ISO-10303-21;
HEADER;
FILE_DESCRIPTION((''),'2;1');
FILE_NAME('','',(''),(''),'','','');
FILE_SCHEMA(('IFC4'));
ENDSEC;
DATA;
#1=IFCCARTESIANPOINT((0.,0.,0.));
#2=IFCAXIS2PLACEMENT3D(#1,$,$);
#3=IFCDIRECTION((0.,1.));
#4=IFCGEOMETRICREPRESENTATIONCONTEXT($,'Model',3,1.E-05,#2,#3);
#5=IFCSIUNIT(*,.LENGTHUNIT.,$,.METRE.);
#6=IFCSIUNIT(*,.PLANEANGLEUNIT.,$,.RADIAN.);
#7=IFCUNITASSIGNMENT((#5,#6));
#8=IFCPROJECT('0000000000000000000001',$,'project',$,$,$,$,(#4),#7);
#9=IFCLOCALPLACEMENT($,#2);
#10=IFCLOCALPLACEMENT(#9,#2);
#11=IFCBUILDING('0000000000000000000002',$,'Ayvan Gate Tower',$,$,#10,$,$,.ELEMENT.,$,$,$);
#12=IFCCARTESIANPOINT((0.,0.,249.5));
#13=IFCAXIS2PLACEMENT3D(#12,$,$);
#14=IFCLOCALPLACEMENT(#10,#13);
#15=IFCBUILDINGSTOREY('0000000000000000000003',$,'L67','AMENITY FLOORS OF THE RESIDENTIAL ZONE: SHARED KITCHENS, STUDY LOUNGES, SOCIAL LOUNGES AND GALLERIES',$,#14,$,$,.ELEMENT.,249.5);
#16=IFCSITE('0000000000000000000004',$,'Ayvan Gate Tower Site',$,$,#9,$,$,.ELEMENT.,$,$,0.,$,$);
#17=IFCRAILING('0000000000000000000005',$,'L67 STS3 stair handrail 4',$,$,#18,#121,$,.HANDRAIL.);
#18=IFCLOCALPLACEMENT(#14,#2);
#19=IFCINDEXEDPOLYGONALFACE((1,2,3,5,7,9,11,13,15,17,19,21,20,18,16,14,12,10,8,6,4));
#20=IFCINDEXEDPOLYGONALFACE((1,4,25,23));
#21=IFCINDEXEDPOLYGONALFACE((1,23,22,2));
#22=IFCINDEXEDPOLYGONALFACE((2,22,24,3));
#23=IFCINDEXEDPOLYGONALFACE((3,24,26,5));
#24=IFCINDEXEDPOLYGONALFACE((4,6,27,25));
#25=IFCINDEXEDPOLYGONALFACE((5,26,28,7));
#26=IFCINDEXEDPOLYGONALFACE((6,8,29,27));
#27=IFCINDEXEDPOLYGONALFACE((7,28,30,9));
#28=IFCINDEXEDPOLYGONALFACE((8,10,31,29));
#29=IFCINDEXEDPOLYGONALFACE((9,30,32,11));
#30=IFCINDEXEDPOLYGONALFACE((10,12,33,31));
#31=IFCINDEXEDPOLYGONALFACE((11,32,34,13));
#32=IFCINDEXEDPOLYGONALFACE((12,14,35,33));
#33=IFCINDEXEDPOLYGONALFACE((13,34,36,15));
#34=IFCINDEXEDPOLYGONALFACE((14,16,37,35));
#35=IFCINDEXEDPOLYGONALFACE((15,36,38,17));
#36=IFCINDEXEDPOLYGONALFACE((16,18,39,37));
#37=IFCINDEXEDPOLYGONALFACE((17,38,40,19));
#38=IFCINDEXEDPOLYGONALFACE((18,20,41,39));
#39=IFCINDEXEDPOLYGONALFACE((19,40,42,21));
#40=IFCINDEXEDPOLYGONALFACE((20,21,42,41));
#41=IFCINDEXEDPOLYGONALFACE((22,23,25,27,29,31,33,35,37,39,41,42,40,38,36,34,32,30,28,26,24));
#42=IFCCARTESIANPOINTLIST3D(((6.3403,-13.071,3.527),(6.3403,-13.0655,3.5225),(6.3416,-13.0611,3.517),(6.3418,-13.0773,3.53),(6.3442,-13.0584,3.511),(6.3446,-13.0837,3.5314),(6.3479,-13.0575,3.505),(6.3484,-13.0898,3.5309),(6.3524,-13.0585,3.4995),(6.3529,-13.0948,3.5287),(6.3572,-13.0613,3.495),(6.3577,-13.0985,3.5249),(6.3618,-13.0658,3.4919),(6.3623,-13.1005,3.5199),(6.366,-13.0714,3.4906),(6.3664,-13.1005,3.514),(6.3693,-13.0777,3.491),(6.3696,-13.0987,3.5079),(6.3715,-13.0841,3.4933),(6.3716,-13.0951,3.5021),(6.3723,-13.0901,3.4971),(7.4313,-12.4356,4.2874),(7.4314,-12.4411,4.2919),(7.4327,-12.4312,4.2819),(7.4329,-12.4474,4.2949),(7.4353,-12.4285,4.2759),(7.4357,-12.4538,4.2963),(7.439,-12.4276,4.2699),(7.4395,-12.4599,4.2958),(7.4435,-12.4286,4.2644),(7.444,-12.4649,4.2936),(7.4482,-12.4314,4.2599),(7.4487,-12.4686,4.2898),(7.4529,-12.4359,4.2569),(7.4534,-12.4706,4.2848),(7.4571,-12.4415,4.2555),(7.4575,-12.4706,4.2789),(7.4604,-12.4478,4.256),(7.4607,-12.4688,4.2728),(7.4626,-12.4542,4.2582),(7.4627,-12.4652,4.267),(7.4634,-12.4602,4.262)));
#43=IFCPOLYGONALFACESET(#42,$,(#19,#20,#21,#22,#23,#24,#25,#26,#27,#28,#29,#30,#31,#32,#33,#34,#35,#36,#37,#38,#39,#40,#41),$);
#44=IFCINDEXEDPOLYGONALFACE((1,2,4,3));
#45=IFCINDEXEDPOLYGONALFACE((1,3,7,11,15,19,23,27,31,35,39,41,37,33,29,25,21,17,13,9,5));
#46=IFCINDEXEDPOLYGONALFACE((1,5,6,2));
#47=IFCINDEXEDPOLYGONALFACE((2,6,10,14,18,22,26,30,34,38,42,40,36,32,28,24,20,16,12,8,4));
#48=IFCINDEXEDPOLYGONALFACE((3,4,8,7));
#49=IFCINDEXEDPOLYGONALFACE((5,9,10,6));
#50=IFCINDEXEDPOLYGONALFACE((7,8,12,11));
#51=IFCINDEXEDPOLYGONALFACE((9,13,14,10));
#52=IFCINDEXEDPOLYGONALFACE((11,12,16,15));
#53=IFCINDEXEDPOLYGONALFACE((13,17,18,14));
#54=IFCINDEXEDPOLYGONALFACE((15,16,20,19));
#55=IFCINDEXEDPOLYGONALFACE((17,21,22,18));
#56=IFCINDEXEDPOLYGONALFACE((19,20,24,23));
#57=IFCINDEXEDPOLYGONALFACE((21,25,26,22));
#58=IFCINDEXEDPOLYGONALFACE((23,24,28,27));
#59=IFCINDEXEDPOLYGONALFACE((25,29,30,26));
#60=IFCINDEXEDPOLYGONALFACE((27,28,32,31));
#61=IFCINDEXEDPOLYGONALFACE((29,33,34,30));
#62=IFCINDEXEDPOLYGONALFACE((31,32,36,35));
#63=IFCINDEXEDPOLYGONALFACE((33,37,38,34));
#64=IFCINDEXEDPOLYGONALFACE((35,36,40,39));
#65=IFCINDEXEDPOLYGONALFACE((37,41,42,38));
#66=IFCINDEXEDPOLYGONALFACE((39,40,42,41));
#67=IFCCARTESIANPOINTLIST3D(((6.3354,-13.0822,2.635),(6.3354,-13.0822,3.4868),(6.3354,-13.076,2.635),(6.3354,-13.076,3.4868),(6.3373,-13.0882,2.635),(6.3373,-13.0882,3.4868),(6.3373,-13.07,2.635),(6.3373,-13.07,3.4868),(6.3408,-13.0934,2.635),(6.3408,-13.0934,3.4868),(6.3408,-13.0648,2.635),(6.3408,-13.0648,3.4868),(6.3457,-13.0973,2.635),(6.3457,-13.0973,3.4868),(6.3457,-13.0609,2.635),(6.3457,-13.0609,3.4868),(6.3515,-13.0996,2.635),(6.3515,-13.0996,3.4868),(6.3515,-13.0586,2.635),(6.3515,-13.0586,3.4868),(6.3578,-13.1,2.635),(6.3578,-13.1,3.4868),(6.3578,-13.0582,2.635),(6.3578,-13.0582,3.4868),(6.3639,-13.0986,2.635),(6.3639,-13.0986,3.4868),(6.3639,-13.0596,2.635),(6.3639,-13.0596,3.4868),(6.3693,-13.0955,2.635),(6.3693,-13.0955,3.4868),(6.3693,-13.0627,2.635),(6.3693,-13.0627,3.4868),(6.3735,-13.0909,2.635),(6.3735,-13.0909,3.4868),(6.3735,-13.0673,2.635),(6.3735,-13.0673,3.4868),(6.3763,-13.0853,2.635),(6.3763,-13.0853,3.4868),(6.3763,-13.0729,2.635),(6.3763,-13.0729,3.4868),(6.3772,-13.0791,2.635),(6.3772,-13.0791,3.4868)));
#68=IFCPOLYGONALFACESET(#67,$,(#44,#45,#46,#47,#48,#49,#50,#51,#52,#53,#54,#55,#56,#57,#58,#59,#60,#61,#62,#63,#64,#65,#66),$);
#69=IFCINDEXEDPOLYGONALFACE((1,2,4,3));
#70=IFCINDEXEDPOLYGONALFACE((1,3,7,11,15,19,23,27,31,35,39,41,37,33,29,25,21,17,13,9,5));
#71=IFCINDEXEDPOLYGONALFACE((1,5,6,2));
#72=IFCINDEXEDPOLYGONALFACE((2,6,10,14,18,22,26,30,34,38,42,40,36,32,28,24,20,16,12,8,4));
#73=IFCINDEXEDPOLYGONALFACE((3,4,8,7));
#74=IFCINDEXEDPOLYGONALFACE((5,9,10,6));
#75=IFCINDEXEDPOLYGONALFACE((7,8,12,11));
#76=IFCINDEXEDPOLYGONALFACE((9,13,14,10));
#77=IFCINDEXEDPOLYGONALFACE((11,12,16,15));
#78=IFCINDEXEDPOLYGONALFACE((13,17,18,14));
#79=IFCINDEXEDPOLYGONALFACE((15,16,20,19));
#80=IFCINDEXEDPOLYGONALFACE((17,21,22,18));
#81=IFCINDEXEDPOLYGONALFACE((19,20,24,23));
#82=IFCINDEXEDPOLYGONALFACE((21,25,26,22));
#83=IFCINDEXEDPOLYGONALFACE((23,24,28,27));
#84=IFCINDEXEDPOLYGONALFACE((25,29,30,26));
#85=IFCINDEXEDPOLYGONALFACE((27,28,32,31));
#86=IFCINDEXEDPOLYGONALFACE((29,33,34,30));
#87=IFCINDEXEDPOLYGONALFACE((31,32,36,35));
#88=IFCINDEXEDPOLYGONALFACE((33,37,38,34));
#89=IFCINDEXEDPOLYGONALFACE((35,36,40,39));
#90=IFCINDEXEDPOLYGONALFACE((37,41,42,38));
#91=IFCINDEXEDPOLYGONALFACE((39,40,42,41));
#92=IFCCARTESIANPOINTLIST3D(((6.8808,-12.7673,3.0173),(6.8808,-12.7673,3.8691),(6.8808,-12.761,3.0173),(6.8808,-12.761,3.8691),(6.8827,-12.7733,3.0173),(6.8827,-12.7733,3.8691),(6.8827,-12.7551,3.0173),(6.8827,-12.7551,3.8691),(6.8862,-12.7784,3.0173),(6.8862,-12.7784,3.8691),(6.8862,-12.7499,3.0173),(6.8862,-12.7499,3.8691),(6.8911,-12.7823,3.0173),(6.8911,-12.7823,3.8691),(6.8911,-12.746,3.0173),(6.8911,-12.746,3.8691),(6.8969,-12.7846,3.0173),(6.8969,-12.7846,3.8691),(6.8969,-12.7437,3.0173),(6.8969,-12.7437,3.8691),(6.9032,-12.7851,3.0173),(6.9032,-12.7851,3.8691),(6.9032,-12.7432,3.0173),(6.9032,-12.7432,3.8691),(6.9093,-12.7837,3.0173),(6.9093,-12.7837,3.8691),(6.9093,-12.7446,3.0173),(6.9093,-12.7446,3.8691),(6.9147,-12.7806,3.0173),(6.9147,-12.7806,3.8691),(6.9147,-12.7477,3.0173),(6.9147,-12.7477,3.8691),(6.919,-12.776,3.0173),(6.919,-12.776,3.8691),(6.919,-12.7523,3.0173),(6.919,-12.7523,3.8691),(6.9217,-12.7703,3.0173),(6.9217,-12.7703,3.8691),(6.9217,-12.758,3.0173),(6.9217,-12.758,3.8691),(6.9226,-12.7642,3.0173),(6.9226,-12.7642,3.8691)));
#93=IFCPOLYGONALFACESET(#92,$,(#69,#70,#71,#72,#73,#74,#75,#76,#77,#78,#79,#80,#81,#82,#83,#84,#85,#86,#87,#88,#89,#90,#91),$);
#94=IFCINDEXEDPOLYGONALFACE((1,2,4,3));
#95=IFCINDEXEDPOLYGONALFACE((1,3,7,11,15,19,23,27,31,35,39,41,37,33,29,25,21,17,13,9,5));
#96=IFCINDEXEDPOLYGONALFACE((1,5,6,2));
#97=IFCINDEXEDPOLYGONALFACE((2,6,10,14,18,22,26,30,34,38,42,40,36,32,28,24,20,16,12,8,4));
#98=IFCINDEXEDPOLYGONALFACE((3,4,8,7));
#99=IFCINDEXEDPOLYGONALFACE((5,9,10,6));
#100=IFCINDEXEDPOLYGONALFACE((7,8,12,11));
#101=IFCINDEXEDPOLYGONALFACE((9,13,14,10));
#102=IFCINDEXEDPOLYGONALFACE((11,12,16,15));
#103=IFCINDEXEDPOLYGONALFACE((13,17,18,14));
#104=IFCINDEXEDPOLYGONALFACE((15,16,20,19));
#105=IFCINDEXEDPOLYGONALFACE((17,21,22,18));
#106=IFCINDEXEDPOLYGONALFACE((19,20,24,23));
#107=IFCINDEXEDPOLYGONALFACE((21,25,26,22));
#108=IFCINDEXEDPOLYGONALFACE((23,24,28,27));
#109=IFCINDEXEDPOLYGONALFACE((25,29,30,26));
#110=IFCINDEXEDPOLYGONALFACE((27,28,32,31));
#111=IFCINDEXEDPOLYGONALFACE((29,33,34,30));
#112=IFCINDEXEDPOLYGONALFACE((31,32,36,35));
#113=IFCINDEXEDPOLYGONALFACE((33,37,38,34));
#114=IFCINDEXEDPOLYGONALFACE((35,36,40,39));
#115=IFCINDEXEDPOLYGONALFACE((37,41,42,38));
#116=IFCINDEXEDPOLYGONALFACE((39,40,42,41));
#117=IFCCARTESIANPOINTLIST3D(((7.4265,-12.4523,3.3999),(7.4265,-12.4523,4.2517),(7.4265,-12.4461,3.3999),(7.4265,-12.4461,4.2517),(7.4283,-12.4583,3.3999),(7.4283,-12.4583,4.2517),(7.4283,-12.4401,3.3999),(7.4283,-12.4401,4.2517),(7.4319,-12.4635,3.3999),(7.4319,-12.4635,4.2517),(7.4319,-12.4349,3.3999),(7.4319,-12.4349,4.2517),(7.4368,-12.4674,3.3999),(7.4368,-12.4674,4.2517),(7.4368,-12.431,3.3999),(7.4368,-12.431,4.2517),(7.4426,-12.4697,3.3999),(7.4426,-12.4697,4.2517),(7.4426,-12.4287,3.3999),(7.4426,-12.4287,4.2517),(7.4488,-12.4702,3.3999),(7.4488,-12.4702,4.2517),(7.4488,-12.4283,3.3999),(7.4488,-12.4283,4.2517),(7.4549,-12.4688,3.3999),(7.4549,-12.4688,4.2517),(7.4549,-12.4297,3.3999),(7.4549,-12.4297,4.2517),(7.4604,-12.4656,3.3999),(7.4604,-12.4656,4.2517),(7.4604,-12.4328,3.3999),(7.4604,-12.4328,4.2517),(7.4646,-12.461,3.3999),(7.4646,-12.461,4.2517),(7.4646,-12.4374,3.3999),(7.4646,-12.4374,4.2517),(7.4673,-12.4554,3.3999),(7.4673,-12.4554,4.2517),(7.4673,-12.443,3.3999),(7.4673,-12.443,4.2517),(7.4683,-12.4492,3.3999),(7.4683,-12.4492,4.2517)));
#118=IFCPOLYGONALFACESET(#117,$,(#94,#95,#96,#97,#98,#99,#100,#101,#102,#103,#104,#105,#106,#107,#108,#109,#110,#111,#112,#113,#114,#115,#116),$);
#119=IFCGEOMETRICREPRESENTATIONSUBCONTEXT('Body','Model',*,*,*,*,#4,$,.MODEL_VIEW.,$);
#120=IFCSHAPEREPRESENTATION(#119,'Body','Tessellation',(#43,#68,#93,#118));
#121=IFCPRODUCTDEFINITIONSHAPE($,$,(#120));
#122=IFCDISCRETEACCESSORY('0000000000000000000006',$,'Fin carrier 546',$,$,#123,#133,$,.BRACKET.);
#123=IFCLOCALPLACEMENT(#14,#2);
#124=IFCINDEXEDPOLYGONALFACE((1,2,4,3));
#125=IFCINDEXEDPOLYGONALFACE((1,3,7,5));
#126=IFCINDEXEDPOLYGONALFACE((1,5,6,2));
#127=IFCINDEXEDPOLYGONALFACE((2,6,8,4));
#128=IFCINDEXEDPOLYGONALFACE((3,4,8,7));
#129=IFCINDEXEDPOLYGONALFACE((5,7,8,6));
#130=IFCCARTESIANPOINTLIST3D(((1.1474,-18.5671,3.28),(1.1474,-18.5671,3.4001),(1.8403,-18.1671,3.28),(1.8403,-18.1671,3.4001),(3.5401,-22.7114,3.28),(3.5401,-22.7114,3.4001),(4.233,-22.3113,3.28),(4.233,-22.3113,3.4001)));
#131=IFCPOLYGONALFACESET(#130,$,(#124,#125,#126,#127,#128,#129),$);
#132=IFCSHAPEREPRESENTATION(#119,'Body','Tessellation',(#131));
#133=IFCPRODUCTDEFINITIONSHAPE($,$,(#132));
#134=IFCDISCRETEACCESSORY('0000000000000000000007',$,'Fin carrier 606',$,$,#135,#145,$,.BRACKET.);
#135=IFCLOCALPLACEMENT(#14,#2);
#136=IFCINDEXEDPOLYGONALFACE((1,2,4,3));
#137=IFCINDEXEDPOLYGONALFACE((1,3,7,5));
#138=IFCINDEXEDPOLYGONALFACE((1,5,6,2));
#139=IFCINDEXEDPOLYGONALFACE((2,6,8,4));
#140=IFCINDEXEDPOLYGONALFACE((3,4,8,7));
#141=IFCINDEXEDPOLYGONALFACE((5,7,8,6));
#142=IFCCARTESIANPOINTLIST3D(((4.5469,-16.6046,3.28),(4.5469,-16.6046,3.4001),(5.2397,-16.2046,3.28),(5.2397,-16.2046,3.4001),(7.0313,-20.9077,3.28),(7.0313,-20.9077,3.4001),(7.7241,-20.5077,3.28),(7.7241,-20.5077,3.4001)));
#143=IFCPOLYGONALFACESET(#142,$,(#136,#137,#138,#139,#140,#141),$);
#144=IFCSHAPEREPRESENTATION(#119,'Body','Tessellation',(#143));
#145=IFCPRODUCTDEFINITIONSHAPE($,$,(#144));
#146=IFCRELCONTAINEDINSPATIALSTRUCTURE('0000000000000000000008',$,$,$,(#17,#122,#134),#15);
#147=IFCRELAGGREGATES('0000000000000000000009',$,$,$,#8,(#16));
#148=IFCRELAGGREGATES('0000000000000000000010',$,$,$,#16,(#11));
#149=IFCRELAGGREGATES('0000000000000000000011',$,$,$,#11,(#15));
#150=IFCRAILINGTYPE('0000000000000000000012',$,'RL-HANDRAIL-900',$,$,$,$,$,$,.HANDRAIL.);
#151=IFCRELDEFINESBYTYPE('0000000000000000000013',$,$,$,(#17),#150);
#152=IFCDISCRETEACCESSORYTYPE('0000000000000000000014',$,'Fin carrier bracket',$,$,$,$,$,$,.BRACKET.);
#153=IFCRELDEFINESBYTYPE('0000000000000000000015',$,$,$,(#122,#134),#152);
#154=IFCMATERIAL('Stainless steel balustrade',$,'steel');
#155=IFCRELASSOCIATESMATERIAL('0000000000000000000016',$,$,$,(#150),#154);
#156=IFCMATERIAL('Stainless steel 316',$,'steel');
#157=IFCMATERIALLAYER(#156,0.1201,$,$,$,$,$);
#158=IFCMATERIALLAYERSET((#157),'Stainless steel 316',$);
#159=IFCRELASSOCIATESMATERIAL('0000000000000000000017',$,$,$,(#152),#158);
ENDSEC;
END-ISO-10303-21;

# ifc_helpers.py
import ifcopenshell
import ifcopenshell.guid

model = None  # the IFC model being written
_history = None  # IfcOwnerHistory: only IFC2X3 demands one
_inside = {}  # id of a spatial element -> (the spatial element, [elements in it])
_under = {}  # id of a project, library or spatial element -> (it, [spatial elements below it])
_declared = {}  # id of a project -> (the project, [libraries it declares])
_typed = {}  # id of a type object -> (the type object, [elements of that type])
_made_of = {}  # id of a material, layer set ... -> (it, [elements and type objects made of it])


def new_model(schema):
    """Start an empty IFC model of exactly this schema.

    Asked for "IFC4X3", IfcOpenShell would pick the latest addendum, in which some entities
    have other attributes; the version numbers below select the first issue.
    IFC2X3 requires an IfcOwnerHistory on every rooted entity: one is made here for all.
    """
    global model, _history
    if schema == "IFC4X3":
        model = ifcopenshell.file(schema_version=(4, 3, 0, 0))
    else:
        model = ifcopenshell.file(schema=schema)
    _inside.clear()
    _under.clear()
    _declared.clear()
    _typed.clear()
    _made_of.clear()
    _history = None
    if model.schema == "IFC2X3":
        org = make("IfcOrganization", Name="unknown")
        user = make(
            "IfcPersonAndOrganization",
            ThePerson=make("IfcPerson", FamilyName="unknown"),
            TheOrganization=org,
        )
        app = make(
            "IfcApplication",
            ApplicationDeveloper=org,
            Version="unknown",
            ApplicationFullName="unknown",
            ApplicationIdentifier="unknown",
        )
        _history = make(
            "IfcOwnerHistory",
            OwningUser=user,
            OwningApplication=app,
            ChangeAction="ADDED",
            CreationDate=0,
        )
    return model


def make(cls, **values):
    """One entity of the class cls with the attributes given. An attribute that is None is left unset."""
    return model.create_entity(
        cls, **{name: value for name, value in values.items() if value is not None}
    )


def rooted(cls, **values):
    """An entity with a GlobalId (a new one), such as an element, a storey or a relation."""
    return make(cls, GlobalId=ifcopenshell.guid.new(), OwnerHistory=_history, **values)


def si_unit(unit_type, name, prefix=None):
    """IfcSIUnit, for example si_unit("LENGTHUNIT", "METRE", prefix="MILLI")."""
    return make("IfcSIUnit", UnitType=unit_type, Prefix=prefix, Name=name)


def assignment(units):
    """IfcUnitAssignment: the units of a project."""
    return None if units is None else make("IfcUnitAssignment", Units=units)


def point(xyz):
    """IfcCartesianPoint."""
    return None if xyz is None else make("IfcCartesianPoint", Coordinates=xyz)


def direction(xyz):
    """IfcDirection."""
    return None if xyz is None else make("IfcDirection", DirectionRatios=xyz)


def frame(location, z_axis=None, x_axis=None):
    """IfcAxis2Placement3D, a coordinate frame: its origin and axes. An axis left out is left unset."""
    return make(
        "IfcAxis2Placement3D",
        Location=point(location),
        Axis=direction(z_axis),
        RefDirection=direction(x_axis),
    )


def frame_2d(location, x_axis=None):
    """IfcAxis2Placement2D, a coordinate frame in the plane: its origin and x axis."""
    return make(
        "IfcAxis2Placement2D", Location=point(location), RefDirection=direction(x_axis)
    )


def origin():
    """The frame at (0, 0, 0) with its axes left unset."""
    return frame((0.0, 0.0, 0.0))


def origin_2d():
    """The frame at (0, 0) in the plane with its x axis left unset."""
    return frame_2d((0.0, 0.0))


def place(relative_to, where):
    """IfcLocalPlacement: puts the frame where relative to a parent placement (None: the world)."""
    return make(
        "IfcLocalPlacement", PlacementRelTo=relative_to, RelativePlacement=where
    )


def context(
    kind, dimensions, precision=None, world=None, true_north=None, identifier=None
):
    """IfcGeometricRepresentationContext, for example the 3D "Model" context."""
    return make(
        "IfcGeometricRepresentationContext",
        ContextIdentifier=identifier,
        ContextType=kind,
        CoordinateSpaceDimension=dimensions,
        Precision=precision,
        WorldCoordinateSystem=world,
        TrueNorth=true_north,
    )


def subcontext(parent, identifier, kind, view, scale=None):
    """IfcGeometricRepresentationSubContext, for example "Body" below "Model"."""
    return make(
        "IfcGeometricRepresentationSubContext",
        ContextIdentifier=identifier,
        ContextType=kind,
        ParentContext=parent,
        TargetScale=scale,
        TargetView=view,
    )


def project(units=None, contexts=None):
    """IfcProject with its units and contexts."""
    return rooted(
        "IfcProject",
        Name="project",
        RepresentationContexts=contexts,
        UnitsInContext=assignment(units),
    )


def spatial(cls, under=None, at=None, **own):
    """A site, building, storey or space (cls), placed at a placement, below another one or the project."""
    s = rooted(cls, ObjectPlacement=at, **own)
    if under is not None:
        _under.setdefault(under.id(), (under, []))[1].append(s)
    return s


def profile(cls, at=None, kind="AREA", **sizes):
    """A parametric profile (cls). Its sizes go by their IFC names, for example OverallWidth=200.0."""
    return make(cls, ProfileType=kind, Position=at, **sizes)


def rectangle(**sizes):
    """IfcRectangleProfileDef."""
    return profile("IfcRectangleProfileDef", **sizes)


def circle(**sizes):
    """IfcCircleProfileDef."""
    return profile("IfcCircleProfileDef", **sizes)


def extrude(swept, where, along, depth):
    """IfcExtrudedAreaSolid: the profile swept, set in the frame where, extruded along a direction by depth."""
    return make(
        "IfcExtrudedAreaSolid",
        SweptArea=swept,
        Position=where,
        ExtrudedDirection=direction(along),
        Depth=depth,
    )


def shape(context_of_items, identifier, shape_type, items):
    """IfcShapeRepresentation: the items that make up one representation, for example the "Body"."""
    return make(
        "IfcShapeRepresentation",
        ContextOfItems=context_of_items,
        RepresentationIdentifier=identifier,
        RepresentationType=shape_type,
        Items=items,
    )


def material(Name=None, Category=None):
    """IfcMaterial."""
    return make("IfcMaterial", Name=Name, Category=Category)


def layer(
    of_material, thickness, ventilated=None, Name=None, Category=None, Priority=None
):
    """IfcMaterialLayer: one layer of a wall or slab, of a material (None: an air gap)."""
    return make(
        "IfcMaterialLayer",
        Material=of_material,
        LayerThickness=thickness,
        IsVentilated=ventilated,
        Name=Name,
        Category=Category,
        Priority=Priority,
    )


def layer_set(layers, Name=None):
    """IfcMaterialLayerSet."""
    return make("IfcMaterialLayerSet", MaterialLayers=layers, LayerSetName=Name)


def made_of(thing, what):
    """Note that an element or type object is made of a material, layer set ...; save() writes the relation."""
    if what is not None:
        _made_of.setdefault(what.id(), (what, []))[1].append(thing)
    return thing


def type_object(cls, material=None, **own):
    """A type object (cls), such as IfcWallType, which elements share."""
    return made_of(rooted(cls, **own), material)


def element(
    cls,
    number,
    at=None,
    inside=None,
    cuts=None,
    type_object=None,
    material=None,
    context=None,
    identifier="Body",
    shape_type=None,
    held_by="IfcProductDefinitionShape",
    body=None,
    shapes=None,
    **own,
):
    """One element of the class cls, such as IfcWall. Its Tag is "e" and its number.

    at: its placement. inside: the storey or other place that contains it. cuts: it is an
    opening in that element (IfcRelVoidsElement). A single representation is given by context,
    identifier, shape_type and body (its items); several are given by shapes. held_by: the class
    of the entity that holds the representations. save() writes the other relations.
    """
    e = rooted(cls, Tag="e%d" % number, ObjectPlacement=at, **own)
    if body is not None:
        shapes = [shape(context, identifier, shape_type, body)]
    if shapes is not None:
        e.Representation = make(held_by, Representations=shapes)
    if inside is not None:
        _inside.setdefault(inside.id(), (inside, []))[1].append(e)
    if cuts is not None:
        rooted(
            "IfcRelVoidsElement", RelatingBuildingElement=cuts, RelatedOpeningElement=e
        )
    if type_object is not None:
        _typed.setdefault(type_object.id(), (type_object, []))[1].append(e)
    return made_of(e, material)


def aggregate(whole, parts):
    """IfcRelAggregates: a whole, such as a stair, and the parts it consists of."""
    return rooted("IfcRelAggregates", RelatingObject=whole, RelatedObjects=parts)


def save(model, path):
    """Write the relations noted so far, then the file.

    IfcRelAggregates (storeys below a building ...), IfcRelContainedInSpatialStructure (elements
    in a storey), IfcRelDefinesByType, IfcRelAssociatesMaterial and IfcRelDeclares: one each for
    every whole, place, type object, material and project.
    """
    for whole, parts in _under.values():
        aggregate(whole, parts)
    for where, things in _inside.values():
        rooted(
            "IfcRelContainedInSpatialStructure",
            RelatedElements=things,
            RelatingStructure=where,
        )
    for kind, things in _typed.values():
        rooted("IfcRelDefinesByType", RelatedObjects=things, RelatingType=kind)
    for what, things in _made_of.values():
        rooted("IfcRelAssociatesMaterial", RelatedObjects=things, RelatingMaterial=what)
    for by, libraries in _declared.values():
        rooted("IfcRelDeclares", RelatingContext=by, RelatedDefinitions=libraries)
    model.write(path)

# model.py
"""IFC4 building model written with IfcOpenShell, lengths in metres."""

from ifc_helpers import new_model, si_unit, direction, frame, origin, origin_2d, place, context, subcontext, project, spatial, rectangle, circle, extrude, material, layer, layer_set, type_object, element, save


model = new_model("IFC4")

# Units and contexts
model_context = context("Model", 3, precision=1e-05, world=origin(), true_north=direction((0.0, 1.0)))
body_context = subcontext(model_context, "Body", "Model", "MODEL_VIEW")
ifc_project = project(units=[si_unit("LENGTHUNIT", "METRE"), si_unit("PLANEANGLEUNIT", "RADIAN")], contexts=[model_context])

# Site, building, storey
site_placement = place(None, origin())
site = spatial("IfcSite", under=ifc_project, at=site_placement, Name="Ayvan Gate Tower Site", CompositionType="ELEMENT", RefElevation=0.0)
building_placement = place(site_placement, origin())
building = spatial("IfcBuilding", under=site, at=building_placement, Name="Ayvan Gate Tower", CompositionType="ELEMENT")
storey_placement = place(building_placement, frame((0.0, 0.0, 249.5)))
storey = spatial("IfcBuildingStorey", under=building, at=storey_placement, Name="L67", Description="AMENITY FLOORS OF THE RESIDENTIAL ZONE: SHARED KITCHENS, STUDY LOUNGES, SOCIAL LOUNGES AND GALLERIES", CompositionType="ELEMENT", Elevation=249.5)

# Railing
ifc_material_1 = material(Name="Stainless steel balustrade", Category="steel")
railing_type_1 = type_object("IfcRailingType", Name="RL-HANDRAIL-900", PredefinedType="HANDRAIL", material=ifc_material_1)
railing_1_placement = place(storey_placement, frame((6.3562, -13.0791, 2.635)))
element("IfcRailing", 1, at=railing_1_placement, inside=storey, type_object=railing_type_1, Name="L67 STS3 stair handrail 4", PredefinedType="HANDRAIL", context=body_context, shape_type="SweptSolid", body=[
    extrude(circle(Radius=0.0239, at=origin_2d()), frame((0.0, 0.0, 0.876), z_axis=(0.740282, 0.427372, 0.518976), x_axis=(-0.499974, 0.86604, 0.0)), (0.0, 0.0, 1.0), 1.4739),
    extrude(circle(Radius=0.021, at=origin_2d()), origin(), (0.0, 0.0, 1.0), 0.8518),
    extrude(circle(Radius=0.021, at=origin_2d()), frame((0.5454, 0.3149, 0.3823)), (0.0, 0.0, 1.0), 0.8518),
    extrude(circle(Radius=0.021, at=origin_2d()), frame((1.0911, 0.6299, 0.7649)), (0.0, 0.0, 1.0), 0.8518),
])

# Discrete accessories
ifc_material_2 = material(Name="Stainless steel 316", Category="steel")
ifc_layer_1 = layer(ifc_material_2, 0.1201)
ifc_layer_set_1 = layer_set([ifc_layer_1], Name="Stainless steel 316")
discrete_accessory_type = type_object("IfcDiscreteAccessoryType", Name="Fin carrier bracket", PredefinedType="BRACKET", material=ifc_layer_set_1)
discrete_accessory_1_placement = place(storey_placement, frame((2.6902, -20.4392, 3.28), z_axis=(0.0, 0.0, 1.0), x_axis=(0.866025, 0.5, 0.0)))
element("IfcDiscreteAccessory", 2, at=discrete_accessory_1_placement, inside=storey, type_object=discrete_accessory_type, Name="Fin carrier 546", PredefinedType="BRACKET", context=body_context, shape_type="SweptSolid", body=[
    extrude(rectangle(XDim=0.8, YDim=4.7854, at=origin_2d()), origin(), (0.0, 0.0, 1.0), 0.1201),
])
discrete_accessory_2_placement = place(storey_placement, frame((6.1355, -18.5562, 3.28), z_axis=(0.0, 0.0, 1.0), x_axis=(0.866025, 0.5, 0.0)))
element("IfcDiscreteAccessory", 3, at=discrete_accessory_2_placement, inside=storey, type_object=discrete_accessory_type, Name="Fin carrier 606", PredefinedType="BRACKET", context=body_context, shape_type="SweptSolid", body=[
    extrude(rectangle(XDim=0.8, YDim=4.9688, at=origin_2d()), origin(), (0.0, 0.0, 1.0), 0.1201),
])

save(model, "model.ifc")
